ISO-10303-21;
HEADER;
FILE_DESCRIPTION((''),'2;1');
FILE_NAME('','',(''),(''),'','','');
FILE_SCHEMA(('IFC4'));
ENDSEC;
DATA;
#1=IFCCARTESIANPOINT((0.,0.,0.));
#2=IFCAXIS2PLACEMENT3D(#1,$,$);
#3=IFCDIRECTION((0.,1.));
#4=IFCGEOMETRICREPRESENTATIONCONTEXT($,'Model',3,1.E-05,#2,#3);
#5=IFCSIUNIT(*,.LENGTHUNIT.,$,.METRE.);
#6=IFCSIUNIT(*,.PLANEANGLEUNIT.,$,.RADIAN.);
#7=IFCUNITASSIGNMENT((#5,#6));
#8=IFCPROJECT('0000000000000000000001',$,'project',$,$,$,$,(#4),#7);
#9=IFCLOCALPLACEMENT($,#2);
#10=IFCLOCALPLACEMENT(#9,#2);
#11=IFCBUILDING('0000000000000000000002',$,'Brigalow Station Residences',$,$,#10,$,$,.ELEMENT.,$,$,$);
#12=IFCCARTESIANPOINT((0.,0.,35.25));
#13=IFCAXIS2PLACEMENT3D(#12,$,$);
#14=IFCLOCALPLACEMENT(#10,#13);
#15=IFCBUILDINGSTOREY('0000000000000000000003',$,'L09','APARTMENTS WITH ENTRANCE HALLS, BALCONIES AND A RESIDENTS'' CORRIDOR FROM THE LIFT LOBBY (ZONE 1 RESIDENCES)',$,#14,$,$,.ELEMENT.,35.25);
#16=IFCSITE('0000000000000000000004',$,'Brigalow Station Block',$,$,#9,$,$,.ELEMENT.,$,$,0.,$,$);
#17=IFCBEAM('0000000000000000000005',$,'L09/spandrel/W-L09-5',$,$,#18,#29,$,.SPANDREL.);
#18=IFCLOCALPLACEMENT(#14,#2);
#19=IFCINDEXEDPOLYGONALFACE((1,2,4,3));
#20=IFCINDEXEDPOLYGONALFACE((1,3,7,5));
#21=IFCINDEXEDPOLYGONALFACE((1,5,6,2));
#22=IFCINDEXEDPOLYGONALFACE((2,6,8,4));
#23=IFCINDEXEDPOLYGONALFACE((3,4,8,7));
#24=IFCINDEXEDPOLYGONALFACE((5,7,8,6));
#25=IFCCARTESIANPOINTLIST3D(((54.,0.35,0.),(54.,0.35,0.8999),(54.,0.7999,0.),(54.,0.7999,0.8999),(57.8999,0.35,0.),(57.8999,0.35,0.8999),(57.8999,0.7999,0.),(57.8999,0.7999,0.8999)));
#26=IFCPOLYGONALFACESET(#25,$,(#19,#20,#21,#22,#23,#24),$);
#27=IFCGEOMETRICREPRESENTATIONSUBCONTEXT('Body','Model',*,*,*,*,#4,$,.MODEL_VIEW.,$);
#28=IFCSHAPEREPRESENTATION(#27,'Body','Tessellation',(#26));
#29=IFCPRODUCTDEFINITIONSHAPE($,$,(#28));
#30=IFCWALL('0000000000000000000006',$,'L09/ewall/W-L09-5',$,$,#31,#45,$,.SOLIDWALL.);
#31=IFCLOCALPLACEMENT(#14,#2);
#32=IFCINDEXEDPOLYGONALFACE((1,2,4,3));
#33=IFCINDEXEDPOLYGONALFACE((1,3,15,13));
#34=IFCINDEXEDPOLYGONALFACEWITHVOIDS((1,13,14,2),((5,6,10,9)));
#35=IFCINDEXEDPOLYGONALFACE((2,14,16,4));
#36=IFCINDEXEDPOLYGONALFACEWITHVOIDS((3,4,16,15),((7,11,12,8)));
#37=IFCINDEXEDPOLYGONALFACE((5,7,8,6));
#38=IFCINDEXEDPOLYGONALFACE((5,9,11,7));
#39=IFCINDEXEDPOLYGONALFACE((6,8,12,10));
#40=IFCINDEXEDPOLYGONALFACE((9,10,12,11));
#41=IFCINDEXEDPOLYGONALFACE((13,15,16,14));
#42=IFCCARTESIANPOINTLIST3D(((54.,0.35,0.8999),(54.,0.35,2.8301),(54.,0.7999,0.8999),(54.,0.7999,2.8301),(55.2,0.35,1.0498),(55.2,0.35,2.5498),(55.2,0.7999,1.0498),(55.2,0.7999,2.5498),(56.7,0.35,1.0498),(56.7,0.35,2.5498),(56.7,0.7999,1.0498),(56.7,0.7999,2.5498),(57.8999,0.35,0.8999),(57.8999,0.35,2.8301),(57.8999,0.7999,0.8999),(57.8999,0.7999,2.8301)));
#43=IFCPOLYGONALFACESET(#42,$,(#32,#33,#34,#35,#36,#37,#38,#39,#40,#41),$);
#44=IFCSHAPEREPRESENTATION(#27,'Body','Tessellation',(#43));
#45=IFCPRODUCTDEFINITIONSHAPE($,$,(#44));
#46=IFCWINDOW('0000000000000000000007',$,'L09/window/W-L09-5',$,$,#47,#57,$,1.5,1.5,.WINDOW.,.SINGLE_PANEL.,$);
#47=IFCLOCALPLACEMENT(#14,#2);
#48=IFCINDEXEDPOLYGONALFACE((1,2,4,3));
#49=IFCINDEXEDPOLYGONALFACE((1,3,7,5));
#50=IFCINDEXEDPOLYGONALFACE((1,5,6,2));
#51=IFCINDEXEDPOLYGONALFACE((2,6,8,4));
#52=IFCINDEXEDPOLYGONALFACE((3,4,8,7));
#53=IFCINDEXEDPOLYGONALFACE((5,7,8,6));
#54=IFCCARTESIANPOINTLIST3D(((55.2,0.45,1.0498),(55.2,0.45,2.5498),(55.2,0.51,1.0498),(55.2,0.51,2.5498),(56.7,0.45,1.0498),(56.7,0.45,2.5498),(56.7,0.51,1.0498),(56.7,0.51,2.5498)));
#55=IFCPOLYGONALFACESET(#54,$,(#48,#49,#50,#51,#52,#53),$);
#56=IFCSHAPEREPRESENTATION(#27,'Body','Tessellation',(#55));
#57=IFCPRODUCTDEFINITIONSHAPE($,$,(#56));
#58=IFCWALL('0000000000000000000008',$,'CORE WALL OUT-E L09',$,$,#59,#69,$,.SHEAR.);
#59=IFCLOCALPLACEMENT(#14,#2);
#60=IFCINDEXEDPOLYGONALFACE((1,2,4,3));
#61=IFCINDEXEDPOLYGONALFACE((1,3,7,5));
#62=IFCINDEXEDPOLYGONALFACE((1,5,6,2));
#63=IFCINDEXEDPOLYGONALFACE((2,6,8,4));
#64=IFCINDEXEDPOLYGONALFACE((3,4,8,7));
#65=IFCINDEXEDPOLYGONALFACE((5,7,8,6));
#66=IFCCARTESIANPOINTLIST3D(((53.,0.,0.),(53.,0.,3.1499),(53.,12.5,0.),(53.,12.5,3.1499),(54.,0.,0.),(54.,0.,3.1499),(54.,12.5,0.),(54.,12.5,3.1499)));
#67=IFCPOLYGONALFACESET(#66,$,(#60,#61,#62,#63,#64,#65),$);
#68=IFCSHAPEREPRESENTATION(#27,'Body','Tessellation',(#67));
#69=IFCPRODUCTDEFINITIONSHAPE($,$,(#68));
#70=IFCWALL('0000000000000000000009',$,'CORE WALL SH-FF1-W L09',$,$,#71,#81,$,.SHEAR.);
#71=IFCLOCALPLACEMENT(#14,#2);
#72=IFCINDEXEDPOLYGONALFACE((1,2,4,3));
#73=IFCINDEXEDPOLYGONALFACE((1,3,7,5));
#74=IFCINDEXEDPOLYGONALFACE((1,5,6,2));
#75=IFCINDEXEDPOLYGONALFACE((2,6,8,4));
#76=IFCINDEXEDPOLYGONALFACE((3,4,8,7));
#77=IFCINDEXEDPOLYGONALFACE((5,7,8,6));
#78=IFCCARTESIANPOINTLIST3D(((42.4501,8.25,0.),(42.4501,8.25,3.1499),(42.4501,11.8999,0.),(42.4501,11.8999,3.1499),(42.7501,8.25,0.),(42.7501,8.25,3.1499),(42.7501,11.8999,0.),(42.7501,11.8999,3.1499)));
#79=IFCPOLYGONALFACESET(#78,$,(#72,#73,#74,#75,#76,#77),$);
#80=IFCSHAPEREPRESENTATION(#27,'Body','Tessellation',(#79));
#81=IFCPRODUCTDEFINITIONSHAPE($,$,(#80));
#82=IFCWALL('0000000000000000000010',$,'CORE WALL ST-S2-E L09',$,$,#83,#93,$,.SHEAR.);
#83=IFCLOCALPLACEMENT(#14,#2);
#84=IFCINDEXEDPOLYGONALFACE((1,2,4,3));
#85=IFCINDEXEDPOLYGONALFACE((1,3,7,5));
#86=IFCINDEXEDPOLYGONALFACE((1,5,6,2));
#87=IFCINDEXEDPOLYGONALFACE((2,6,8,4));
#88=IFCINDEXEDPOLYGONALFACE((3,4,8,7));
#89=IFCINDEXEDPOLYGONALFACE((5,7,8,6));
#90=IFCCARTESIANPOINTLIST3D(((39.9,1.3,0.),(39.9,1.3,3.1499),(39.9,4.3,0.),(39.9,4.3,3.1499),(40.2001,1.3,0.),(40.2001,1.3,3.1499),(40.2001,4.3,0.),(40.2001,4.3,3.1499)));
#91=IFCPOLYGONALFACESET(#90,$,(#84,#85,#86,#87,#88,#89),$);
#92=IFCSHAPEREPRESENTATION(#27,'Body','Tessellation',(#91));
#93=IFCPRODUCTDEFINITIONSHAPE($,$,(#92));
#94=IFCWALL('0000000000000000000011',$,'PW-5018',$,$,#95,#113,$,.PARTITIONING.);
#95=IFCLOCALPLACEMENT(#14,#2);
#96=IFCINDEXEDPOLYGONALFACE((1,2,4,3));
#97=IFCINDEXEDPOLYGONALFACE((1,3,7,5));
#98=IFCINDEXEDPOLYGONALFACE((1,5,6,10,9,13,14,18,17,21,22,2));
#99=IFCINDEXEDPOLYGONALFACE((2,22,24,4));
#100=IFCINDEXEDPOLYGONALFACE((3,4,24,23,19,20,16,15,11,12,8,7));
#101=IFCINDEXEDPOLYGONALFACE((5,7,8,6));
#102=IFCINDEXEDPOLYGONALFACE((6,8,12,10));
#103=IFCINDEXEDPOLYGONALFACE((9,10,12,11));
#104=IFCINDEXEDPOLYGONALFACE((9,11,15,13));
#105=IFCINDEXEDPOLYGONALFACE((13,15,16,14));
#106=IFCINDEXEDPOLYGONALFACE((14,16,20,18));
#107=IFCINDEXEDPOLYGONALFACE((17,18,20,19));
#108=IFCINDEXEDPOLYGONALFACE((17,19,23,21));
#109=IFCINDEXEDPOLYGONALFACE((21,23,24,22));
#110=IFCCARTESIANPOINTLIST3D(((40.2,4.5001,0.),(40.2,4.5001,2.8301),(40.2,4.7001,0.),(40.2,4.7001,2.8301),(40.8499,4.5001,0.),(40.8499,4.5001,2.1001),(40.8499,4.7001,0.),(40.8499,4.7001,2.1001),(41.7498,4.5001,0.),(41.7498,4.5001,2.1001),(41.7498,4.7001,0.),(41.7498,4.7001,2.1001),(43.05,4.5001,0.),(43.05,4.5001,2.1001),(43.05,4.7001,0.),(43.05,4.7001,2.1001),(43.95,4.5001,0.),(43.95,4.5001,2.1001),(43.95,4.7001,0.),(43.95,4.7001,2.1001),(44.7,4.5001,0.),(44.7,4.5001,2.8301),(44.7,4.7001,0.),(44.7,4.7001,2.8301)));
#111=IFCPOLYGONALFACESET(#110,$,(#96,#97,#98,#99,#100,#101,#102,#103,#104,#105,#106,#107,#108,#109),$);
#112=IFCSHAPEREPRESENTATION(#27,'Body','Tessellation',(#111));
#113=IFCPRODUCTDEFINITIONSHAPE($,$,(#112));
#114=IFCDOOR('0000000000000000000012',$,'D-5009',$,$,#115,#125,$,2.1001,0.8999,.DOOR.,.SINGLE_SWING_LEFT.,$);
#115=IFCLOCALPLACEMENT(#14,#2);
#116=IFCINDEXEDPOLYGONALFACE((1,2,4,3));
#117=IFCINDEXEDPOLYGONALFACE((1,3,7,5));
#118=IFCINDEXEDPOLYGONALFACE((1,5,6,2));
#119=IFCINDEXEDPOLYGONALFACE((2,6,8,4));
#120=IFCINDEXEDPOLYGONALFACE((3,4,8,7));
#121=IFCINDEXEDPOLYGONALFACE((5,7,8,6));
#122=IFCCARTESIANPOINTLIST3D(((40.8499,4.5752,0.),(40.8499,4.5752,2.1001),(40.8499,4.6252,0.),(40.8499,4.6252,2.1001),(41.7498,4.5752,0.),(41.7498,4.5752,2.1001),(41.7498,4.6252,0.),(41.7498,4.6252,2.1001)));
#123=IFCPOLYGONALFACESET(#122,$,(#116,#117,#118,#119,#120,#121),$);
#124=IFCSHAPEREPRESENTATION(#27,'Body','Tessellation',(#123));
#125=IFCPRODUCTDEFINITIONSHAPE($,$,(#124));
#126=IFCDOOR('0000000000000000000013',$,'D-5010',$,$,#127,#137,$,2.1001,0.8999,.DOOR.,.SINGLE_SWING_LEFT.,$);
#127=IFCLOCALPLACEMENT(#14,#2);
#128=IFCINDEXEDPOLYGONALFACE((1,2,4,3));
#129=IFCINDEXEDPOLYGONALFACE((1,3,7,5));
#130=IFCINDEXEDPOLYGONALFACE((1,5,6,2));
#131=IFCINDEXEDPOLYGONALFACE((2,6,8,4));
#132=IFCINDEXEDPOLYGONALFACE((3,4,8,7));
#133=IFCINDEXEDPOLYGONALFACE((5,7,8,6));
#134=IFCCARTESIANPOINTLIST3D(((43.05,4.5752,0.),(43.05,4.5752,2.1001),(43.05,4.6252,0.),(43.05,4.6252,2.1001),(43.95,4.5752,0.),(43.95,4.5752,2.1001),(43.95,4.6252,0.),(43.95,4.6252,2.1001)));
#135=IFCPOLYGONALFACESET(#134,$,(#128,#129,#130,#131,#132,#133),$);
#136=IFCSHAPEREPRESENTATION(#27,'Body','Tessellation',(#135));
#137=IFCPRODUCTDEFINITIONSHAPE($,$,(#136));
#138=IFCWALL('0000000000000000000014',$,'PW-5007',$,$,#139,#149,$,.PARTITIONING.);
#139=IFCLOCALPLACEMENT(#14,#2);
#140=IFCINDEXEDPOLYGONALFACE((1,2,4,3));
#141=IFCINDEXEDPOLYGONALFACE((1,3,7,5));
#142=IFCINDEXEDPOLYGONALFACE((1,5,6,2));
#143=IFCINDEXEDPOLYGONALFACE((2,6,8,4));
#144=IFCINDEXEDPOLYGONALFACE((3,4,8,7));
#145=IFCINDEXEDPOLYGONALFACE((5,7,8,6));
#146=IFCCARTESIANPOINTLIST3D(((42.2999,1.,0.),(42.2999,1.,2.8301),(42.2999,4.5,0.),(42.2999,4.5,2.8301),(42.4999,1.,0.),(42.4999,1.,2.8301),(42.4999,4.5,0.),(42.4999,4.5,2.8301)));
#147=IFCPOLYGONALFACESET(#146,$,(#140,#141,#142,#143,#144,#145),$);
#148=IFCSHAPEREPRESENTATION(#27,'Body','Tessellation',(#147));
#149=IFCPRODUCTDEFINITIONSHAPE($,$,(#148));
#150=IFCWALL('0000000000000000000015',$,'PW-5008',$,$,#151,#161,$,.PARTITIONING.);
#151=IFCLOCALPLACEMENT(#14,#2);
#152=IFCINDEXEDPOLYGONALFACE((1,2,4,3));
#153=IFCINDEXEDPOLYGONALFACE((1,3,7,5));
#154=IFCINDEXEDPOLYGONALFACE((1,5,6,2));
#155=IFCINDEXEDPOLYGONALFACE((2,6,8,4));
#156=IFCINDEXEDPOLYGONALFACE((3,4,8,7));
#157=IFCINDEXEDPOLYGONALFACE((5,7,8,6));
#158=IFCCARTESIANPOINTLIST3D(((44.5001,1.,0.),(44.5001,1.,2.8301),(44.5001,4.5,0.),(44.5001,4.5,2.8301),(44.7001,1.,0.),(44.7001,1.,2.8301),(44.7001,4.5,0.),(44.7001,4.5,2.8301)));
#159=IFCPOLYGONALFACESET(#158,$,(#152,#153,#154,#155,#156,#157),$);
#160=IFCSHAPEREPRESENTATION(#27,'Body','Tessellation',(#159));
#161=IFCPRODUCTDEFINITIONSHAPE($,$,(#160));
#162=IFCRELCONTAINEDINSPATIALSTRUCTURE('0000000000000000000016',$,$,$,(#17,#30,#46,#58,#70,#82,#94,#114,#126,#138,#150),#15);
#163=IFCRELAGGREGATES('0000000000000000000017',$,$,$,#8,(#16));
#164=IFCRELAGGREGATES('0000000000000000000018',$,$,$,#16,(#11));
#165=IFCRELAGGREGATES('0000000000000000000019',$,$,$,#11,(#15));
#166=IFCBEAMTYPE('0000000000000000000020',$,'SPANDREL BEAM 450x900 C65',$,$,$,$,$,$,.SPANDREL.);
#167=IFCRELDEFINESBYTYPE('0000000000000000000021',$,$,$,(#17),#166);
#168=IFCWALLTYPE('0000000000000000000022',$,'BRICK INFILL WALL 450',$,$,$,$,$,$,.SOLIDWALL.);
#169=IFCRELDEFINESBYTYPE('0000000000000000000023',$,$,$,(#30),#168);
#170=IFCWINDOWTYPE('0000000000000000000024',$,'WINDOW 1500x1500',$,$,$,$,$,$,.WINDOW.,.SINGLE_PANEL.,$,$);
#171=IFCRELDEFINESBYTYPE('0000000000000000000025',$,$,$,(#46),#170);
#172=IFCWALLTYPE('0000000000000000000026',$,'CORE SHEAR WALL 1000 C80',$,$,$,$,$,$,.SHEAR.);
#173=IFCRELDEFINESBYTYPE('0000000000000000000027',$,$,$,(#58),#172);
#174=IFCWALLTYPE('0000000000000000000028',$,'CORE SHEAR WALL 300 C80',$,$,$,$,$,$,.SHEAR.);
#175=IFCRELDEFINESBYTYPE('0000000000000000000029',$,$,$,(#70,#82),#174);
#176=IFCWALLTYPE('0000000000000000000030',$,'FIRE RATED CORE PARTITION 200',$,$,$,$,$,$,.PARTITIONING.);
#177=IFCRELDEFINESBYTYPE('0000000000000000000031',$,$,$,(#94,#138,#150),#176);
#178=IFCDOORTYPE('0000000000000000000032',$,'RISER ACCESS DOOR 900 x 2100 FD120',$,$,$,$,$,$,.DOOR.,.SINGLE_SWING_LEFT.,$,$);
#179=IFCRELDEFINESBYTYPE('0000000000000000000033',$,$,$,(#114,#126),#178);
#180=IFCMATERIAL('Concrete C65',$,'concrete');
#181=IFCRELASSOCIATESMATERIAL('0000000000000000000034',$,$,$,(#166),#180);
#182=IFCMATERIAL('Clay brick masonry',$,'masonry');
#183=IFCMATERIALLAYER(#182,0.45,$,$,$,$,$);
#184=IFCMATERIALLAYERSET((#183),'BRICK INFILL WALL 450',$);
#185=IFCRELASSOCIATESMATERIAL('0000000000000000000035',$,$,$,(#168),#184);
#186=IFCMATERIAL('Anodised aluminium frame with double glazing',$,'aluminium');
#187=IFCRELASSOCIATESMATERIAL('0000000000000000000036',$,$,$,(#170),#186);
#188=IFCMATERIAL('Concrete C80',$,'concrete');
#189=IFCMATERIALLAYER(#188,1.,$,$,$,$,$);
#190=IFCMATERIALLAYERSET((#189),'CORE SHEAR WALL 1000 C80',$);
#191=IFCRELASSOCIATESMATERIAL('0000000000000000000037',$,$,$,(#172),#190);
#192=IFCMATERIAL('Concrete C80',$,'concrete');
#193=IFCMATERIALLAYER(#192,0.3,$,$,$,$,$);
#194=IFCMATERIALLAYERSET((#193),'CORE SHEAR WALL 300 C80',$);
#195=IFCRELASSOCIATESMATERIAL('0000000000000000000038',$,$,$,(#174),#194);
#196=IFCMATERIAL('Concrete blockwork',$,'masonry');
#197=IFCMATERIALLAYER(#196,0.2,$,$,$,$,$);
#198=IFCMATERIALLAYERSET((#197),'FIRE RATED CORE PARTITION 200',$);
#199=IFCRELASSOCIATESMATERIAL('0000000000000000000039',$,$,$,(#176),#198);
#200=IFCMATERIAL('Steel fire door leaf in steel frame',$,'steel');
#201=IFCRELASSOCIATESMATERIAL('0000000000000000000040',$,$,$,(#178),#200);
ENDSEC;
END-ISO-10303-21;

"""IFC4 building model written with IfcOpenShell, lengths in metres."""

from ifc_helpers import new_model, si_unit, direction, frame, frame_2d, origin, origin_2d, place, context, subcontext, project, spatial, rectangle, extrude, material, layer, layer_set, material_profile, profile_set, type_object, element, fill, save


model = new_model("IFC4")

# Units and contexts
model_context = context("Model", 3, precision=1e-05, world=origin(), true_north=direction((0.0, 1.0)))
body_context = subcontext(model_context, "Body", "Model", "MODEL_VIEW")
ifc_project = project(units=[si_unit("LENGTHUNIT", "METRE"), si_unit("PLANEANGLEUNIT", "RADIAN")], contexts=[model_context])

# Site, building, storey
site_placement = place(None, origin())
site = spatial("IfcSite", under=ifc_project, at=site_placement, Name="Brigalow Station Block", CompositionType="ELEMENT", RefElevation=0.0)
building_placement = place(site_placement, origin())
building = spatial("IfcBuilding", under=site, at=building_placement, Name="Brigalow Station Residences", CompositionType="ELEMENT")
storey_placement = place(building_placement, frame((0.0, 0.0, 35.25)))
storey = spatial("IfcBuildingStorey", under=building, at=storey_placement, Name="L09", Description="APARTMENTS WITH ENTRANCE HALLS, BALCONIES AND A RESIDENTS' CORRIDOR FROM THE LIFT LOBBY (ZONE 1 RESIDENCES)", CompositionType="ELEMENT", Elevation=35.25)

# Beam
ifc_material_1 = material(Name="Concrete C65", Category="concrete")
ifc_material_profile = material_profile(ifc_material_1, rectangle(XDim=0.45, YDim=0.8999, at=origin_2d()), Name="RC450x900")
ifc_profile_set = profile_set([ifc_material_profile], Name="Concrete C65")
beam_type = type_object("IfcBeamType", Name="SPANDREL BEAM 450x900 C65", PredefinedType="SPANDREL", material=ifc_profile_set)
beam_placement = place(storey_placement, frame((54.0, 0.575, 0.45), z_axis=(1.0, 0.0, 0.0), x_axis=(0.0, 1.0, 0.0)))
element("IfcBeam", 1, at=beam_placement, inside=storey, type_object=beam_type, Name="L09/spandrel/W-L09-5", PredefinedType="SPANDREL", context=body_context, shape_type="SweptSolid", body=[
    extrude(rectangle(XDim=0.45, YDim=0.8999, at=origin_2d()), origin(), (0.0, 0.0, 1.0), 3.8999),
])

# Wall, opening, window
ifc_material_2 = material(Name="Clay brick masonry", Category="masonry")
ifc_layer_1 = layer(ifc_material_2, 0.45)
ifc_layer_set_1 = layer_set([ifc_layer_1], Name="BRICK INFILL WALL 450")
wall_type_1 = type_object("IfcWallType", Name="BRICK INFILL WALL 450", PredefinedType="SOLIDWALL", material=ifc_layer_set_1)
wall_1_placement = place(storey_placement, frame((54.0, 0.575, 0.8999), z_axis=(0.0, 0.0, 1.0), x_axis=(1.0, 0.0, 0.0)))
wall_1 = element("IfcWall", 2, at=wall_1_placement, inside=storey, type_object=wall_type_1, Name="L09/ewall/W-L09-5", PredefinedType="SOLIDWALL", context=body_context, shape_type="SweptSolid", body=[
    extrude(rectangle(XDim=3.8999, YDim=0.45, at=frame_2d((1.95, 0.0))), origin(), (0.0, 0.0, 1.0), 1.9302),
])
opening_1_placement = place(wall_1_placement, frame((1.2, 0.0, 0.1499)))
opening_1 = element("IfcOpeningElement", 3, at=opening_1_placement, cuts=wall_1, PredefinedType="OPENING", context=body_context, shape_type="SweptSolid", body=[
    extrude(rectangle(XDim=1.5, YDim=1.5, at=frame_2d((0.75, 0.75))), frame((0.0, 0.2349, 0.0), z_axis=(0.0, -1.0, 0.0), x_axis=(1.0, 0.0, 0.0)), (0.0, 0.0, 1.0), 0.47),
])
ifc_material_3 = material(Name="Anodised aluminium frame with double glazing", Category="aluminium")
window_type = type_object("IfcWindowType", Name="WINDOW 1500x1500", PartitioningType="SINGLE_PANEL", PredefinedType="WINDOW", material=ifc_material_3)
window_placement = place(opening_1_placement, origin())
window = element("IfcWindow", 4, at=window_placement, inside=storey, type_object=window_type, Name="L09/window/W-L09-5", OverallHeight=1.5, OverallWidth=1.5, PartitioningType="SINGLE_PANEL", PredefinedType="WINDOW", context=body_context, shape_type="SweptSolid", body=[
    extrude(rectangle(XDim=1.5, YDim=1.5, at=frame_2d((0.75, 0.75))), frame((0.0, -0.0649, 0.0), z_axis=(0.0, -1.0, 0.0), x_axis=(1.0, 0.0, 0.0)), (0.0, 0.0, 1.0), 0.0601),
])
fill(opening_1, window)

# Walls
ifc_material_4 = material(Name="Concrete C80", Category="concrete")
ifc_layer_2 = layer(ifc_material_4, 1.0)
ifc_layer_set_2 = layer_set([ifc_layer_2], Name="CORE SHEAR WALL 1000 C80")
wall_type_2 = type_object("IfcWallType", Name="CORE SHEAR WALL 1000 C80", PredefinedType="SHEAR", material=ifc_layer_set_2)
wall_2_placement = place(storey_placement, frame((53.5, 0.0, 0.0), z_axis=(0.0, 0.0, 1.0), x_axis=(0.0, 1.0, 0.0)))
element("IfcWall", 5, at=wall_2_placement, inside=storey, type_object=wall_type_2, Name="CORE WALL OUT-E L09", PredefinedType="SHEAR", context=body_context, shape_type="SweptSolid", body=[
    extrude(rectangle(XDim=12.5, YDim=1.0, at=frame_2d((6.25, 0.0))), origin(), (0.0, 0.0, 1.0), 3.1499),
])
ifc_material_5 = material(Name="Concrete C80", Category="concrete")
ifc_layer_3 = layer(ifc_material_5, 0.3)
ifc_layer_set_3 = layer_set([ifc_layer_3], Name="CORE SHEAR WALL 300 C80")
wall_type_3 = type_object("IfcWallType", Name="CORE SHEAR WALL 300 C80", PredefinedType="SHEAR", material=ifc_layer_set_3)
wall_3_placement = place(storey_placement, frame((42.6001, 8.25, 0.0), z_axis=(0.0, 0.0, 1.0), x_axis=(0.0, 1.0, 0.0)))
element("IfcWall", 6, at=wall_3_placement, inside=storey, type_object=wall_type_3, Name="CORE WALL SH-FF1-W L09", PredefinedType="SHEAR", context=body_context, shape_type="SweptSolid", body=[
    extrude(rectangle(XDim=3.6499, YDim=0.3, at=frame_2d((1.825, 0.0))), origin(), (0.0, 0.0, 1.0), 3.1499),
])
wall_4_placement = place(storey_placement, frame((40.05, 1.3, 0.0), z_axis=(0.0, 0.0, 1.0), x_axis=(0.0, 1.0, 0.0)))
element("IfcWall", 7, at=wall_4_placement, inside=storey, type_object=wall_type_3, Name="CORE WALL ST-S2-E L09", PredefinedType="SHEAR", context=body_context, shape_type="SweptSolid", body=[
    extrude(rectangle(XDim=3.0, YDim=0.3, at=frame_2d((1.5, 0.0))), origin(), (0.0, 0.0, 1.0), 3.1499),
])

# Wall, openings, doors
ifc_material_6 = material(Name="Concrete blockwork", Category="masonry")
ifc_layer_4 = layer(ifc_material_6, 0.2)
ifc_layer_set_4 = layer_set([ifc_layer_4], Name="FIRE RATED CORE PARTITION 200")
wall_type_4 = type_object("IfcWallType", Name="FIRE RATED CORE PARTITION 200", PredefinedType="PARTITIONING", material=ifc_layer_set_4)
wall_5_placement = place(storey_placement, frame((40.2, 4.6001, 0.0), z_axis=(0.0, 0.0, 1.0), x_axis=(1.0, 0.0, 0.0)))
wall_5 = element("IfcWall", 8, at=wall_5_placement, inside=storey, type_object=wall_type_4, Name="PW-5018", PredefinedType="PARTITIONING", context=body_context, shape_type="SweptSolid", body=[
    extrude(rectangle(XDim=4.5, YDim=0.2, at=frame_2d((2.25, 0.0))), origin(), (0.0, 0.0, 1.0), 2.8301),
])
opening_2_placement = place(wall_5_placement, frame((0.6499, 0.0, 0.0)))
opening_2 = element("IfcOpeningElement", 9, at=opening_2_placement, cuts=wall_5, PredefinedType="OPENING", context=body_context, shape_type="SweptSolid", body=[
    extrude(rectangle(XDim=0.8999, YDim=2.1001, at=frame_2d((0.45, 1.05))), frame((0.0, 0.1099, 0.0), z_axis=(0.0, -1.0, 0.0), x_axis=(1.0, 0.0, 0.0)), (0.0, 0.0, 1.0), 0.22),
])
opening_3_placement = place(wall_5_placement, frame((2.8501, 0.0, 0.0)))
opening_3 = element("IfcOpeningElement", 10, at=opening_3_placement, cuts=wall_5, PredefinedType="OPENING", context=body_context, shape_type="SweptSolid", body=[
    extrude(rectangle(XDim=0.8999, YDim=2.1001, at=frame_2d((0.45, 1.05))), frame((0.0, 0.1099, 0.0), z_axis=(0.0, -1.0, 0.0), x_axis=(1.0, 0.0, 0.0)), (0.0, 0.0, 1.0), 0.22),
])
ifc_material_7 = material(Name="Steel fire door leaf in steel frame", Category="steel")
door_type_1 = type_object("IfcDoorType", Name="RISER ACCESS DOOR 900 x 2100 FD120", OperationType="SINGLE_SWING_LEFT", PredefinedType="DOOR", material=ifc_material_7)
door_1_placement = place(opening_2_placement, frame((0.8999, 0.0, 0.0), z_axis=(0.0, 0.0, 1.0), x_axis=(-1.0, 0.0, 0.0)))
door_1 = element("IfcDoor", 11, at=door_1_placement, inside=storey, type_object=door_type_1, Name="D-5009", OperationType="SINGLE_SWING_LEFT", OverallHeight=2.1001, OverallWidth=0.8999, PredefinedType="DOOR", context=body_context, shape_type="SweptSolid", body=[
    extrude(rectangle(XDim=0.8999, YDim=2.1001, at=frame_2d((0.45, 1.05))), frame((0.0, 0.0249, 0.0), z_axis=(0.0, -1.0, 0.0), x_axis=(1.0, 0.0, 0.0)), (0.0, 0.0, 1.0), 0.05),
])
fill(opening_2, door_1)
door_2_placement = place(opening_3_placement, frame((0.8999, 0.0, 0.0), z_axis=(0.0, 0.0, 1.0), x_axis=(-1.0, 0.0, 0.0)))
door_2 = element("IfcDoor", 12, at=door_2_placement, inside=storey, type_object=door_type_1, Name="D-5010", OperationType="SINGLE_SWING_LEFT", OverallHeight=2.1001, OverallWidth=0.8999, PredefinedType="DOOR", context=body_context, shape_type="SweptSolid", body=[
    extrude(rectangle(XDim=0.8999, YDim=2.1001, at=frame_2d((0.45, 1.05))), frame((0.0, 0.0249, 0.0), z_axis=(0.0, -1.0, 0.0), x_axis=(1.0, 0.0, 0.0)), (0.0, 0.0, 1.0), 0.05),
])
fill(opening_3, door_2)

# Walls
for number, where, z_axis, x_axis, name in (
    (13, (42.3999, 1.0, 0.0), (0.0, 0.0, 1.0), (0.0, 1.0, 0.0), "PW-5007"),
    (14, (44.6001, 1.0, 0.0), (0.0, 0.0, 1.0), (0.0, 1.0, 0.0), "PW-5008"),
):
    element("IfcWall", number, at=place(storey_placement, frame(where, z_axis=z_axis, x_axis=x_axis)), inside=storey, type_object=wall_type_4, Name=name, PredefinedType="PARTITIONING", context=body_context, shape_type="SweptSolid", body=[
        extrude(rectangle(XDim=3.5, YDim=0.2, at=frame_2d((1.75, 0.0))), origin(), (0.0, 0.0, 1.0), 2.8301),
    ])

save(model, "model.ifc")
